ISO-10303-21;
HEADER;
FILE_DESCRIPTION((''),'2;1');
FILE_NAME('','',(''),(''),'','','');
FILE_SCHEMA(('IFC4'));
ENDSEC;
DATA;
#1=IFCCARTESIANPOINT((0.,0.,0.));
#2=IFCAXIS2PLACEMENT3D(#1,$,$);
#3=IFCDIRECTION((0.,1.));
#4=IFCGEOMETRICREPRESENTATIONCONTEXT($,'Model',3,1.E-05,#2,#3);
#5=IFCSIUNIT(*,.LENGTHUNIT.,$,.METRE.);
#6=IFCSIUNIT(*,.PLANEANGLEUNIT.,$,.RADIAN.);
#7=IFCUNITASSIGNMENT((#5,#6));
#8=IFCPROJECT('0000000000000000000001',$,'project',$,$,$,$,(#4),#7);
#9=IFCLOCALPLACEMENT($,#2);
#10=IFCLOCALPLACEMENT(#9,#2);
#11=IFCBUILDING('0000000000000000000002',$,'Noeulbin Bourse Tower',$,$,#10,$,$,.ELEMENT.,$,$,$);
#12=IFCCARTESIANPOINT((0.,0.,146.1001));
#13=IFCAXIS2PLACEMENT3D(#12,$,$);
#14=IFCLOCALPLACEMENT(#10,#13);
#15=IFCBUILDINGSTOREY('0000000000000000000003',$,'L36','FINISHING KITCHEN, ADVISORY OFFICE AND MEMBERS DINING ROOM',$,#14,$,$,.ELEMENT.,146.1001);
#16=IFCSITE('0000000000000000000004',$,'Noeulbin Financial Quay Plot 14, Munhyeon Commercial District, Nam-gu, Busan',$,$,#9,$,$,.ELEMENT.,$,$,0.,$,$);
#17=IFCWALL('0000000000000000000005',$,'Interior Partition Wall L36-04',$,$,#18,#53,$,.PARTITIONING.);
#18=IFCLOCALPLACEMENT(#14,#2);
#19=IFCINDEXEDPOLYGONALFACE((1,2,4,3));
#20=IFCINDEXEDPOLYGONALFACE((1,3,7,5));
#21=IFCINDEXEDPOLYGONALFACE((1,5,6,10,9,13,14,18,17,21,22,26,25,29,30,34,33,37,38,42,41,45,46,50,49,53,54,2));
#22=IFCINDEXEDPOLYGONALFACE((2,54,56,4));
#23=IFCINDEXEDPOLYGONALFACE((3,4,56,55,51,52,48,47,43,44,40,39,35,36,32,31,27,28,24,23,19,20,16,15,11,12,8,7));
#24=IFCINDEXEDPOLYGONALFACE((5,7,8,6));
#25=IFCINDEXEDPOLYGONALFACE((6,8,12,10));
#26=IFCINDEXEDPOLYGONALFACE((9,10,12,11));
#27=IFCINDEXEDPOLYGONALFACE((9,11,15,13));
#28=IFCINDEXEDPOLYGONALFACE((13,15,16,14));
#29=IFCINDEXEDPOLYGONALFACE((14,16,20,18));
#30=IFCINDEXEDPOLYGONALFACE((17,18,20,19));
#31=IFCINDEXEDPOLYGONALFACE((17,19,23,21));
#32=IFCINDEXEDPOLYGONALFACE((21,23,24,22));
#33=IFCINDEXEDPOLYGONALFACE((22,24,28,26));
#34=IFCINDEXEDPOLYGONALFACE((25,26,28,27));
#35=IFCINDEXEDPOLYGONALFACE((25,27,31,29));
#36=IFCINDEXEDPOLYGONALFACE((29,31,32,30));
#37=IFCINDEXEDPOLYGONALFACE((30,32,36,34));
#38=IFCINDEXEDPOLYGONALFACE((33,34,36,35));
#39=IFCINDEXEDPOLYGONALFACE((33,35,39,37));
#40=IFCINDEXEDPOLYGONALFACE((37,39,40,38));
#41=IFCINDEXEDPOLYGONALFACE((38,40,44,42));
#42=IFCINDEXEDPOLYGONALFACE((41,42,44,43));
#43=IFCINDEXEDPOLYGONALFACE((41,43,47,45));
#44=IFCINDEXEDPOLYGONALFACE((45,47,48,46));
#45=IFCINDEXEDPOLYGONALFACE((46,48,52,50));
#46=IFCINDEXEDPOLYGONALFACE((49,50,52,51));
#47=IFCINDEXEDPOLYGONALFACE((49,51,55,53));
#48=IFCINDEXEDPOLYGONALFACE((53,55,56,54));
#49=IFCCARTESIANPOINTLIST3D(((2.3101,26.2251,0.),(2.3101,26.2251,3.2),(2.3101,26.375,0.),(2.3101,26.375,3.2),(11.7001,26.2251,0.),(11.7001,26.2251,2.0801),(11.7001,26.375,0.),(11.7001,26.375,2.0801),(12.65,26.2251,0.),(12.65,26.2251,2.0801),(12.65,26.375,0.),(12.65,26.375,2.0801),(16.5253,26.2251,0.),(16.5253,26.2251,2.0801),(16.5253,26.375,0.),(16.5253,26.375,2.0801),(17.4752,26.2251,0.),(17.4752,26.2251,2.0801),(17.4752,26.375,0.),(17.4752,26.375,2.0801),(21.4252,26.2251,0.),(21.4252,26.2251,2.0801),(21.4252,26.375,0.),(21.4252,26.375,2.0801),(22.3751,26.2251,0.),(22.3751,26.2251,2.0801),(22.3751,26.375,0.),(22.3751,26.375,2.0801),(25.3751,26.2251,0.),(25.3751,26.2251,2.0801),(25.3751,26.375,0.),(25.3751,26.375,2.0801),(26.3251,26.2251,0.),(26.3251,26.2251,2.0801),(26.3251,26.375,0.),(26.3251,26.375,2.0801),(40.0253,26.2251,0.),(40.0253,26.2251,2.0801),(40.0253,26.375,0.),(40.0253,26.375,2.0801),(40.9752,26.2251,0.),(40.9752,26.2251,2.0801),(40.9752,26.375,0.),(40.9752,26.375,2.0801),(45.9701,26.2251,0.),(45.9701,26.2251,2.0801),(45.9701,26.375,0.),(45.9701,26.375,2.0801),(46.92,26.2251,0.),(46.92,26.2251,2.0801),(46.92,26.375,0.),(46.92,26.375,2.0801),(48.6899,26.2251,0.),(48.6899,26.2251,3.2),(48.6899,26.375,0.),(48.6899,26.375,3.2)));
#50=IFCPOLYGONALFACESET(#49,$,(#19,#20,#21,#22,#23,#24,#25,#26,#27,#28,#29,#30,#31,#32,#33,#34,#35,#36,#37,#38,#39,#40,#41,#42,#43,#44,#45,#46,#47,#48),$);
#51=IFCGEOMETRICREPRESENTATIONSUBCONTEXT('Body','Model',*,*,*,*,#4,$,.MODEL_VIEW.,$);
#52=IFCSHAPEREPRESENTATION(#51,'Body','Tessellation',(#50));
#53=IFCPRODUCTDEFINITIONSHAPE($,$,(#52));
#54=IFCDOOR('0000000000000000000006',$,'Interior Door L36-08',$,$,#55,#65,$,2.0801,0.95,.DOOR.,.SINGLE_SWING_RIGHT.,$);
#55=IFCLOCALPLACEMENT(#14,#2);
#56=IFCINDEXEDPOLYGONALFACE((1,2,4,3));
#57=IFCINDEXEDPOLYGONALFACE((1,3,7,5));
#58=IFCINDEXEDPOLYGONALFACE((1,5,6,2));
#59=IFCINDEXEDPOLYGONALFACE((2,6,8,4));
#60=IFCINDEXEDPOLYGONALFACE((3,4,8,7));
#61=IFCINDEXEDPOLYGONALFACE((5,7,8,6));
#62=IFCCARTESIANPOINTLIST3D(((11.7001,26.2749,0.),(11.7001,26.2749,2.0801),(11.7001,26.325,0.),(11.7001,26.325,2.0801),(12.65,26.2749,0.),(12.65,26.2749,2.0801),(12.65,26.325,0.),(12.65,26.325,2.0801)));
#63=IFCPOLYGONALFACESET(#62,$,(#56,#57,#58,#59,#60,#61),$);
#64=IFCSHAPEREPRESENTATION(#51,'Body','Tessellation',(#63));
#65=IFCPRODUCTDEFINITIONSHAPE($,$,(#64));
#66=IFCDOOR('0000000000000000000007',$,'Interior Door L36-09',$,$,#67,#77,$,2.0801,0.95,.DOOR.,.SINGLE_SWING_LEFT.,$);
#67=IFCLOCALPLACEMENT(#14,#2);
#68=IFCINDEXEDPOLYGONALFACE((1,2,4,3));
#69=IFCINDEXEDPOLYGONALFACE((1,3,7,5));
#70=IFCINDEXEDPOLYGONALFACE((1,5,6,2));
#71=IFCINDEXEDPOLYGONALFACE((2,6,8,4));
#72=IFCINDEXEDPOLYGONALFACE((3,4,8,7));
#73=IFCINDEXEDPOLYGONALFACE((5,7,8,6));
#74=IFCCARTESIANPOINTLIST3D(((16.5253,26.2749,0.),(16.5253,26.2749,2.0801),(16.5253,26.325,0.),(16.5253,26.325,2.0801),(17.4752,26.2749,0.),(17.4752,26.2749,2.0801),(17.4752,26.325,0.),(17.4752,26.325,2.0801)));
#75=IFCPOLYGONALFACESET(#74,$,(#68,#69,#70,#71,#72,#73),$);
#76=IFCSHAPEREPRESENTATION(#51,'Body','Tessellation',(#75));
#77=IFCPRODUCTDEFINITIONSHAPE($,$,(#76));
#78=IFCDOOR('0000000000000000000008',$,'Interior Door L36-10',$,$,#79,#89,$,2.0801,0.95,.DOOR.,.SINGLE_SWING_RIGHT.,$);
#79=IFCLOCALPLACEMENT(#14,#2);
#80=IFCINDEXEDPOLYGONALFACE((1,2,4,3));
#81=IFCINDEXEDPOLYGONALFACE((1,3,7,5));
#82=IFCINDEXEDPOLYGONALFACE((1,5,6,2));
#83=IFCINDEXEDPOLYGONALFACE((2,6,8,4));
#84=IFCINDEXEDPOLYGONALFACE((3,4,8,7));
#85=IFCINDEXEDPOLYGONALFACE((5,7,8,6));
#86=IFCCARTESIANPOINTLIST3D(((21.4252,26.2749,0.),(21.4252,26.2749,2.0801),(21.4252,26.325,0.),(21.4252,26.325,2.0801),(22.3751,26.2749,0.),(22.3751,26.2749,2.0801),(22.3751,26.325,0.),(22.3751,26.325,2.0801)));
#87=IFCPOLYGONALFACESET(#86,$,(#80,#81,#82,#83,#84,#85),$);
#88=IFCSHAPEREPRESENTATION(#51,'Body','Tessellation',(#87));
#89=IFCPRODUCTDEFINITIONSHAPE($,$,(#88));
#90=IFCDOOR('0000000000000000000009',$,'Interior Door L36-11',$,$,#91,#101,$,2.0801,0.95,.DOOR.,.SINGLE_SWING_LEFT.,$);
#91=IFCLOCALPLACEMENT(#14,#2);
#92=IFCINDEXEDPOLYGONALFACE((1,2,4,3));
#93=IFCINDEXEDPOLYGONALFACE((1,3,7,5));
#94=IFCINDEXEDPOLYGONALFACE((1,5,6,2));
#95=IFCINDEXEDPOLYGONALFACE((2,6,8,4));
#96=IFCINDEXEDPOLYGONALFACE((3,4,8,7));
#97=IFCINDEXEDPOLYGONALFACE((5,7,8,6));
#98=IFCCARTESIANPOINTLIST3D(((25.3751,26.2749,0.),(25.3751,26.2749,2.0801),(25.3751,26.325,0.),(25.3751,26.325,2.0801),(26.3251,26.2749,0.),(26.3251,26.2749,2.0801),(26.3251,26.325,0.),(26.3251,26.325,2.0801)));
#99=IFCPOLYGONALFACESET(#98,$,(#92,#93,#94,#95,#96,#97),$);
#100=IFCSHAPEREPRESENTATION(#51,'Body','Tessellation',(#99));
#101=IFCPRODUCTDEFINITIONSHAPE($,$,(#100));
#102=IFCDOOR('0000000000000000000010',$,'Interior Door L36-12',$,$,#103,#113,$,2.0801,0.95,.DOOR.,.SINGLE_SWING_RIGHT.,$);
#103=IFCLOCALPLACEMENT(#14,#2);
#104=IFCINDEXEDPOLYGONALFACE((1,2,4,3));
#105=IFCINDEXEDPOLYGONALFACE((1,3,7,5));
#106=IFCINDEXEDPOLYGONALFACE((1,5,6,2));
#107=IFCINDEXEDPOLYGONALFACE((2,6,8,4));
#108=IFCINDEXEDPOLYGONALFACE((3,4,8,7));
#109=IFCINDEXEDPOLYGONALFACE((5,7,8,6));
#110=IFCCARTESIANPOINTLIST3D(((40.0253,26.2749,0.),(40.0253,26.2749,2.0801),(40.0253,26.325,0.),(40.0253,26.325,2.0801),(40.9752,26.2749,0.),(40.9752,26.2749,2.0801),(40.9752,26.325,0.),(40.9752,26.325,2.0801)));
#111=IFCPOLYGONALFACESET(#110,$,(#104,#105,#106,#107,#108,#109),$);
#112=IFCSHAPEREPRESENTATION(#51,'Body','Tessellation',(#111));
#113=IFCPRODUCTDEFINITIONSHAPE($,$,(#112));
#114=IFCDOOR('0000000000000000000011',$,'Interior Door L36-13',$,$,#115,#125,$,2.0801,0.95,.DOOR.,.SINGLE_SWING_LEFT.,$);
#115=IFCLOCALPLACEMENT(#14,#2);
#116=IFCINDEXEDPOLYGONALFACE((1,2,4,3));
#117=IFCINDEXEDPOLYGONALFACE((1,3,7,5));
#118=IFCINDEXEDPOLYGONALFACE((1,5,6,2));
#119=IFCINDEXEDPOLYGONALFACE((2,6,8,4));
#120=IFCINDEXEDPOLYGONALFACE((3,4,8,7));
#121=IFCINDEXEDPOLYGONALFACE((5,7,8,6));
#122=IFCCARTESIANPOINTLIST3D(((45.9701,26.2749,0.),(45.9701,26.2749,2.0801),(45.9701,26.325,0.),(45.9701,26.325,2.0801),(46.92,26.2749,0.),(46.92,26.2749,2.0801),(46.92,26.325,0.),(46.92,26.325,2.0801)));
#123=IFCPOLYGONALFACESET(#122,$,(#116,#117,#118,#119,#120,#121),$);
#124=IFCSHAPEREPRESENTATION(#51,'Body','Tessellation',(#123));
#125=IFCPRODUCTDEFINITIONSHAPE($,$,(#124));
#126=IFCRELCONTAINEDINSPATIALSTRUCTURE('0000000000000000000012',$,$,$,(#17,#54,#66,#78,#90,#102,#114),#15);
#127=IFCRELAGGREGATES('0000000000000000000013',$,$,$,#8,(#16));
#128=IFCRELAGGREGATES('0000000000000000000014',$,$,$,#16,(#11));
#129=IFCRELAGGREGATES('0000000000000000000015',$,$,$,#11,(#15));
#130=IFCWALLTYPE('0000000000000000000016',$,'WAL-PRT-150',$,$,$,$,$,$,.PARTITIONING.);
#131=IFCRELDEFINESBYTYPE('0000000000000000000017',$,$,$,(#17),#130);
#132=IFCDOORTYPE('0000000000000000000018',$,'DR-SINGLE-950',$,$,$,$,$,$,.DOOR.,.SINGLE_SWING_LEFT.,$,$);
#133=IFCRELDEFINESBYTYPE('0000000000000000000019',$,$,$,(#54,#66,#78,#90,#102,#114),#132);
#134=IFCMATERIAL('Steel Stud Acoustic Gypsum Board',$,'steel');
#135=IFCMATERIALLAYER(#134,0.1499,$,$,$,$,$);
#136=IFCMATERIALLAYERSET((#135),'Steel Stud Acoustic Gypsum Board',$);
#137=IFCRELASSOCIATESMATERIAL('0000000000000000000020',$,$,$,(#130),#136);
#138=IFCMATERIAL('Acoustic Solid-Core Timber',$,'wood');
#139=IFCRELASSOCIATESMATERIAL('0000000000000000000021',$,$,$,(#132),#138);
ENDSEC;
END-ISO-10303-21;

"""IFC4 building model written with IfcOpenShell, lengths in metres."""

from ifc_helpers import new_model, si_unit, direction, frame, frame_2d, origin, place, context, subcontext, project, spatial, rectangle, extrude, material, layer, layer_set, type_object, element, fill, save


model = new_model("IFC4")

# Units and contexts
model_context = context("Model", 3, precision=1e-05, world=origin(), true_north=direction((0.0, 1.0)))
body_context = subcontext(model_context, "Body", "Model", "MODEL_VIEW")
ifc_project = project(units=[si_unit("LENGTHUNIT", "METRE"), si_unit("PLANEANGLEUNIT", "RADIAN")], contexts=[model_context])

# Site, building, storey
site_placement = place(None, origin())
site = spatial("IfcSite", under=ifc_project, at=site_placement, Name="Noeulbin Financial Quay Plot 14, Munhyeon Commercial District, Nam-gu, Busan", CompositionType="ELEMENT", RefElevation=0.0)
building_placement = place(site_placement, origin())
building = spatial("IfcBuilding", under=site, at=building_placement, Name="Noeulbin Bourse Tower", CompositionType="ELEMENT")
storey_placement = place(building_placement, frame((0.0, 0.0, 146.1001)))
storey = spatial("IfcBuildingStorey", under=building, at=storey_placement, Name="L36", Description="FINISHING KITCHEN, ADVISORY OFFICE AND MEMBERS DINING ROOM", CompositionType="ELEMENT", Elevation=146.1001)

# Wall, openings, doors
ifc_material_1 = material(Name="Steel Stud Acoustic Gypsum Board", Category="steel")
ifc_layer_1 = layer(ifc_material_1, 0.1499)
ifc_layer_set_1 = layer_set([ifc_layer_1], Name="Steel Stud Acoustic Gypsum Board")
wall_type_1 = type_object("IfcWallType", Name="WAL-PRT-150", PredefinedType="PARTITIONING", material=ifc_layer_set_1)
wall_1_placement = place(storey_placement, frame((2.3101, 26.3, 0.0), z_axis=(0.0, 0.0, 1.0), x_axis=(1.0, 0.0, 0.0)))
wall_1 = element("IfcWall", 1, at=wall_1_placement, inside=storey, type_object=wall_type_1, Name="Interior Partition Wall L36-04", PredefinedType="PARTITIONING", context=body_context, shape_type="SweptSolid", body=[
    extrude(rectangle(XDim=46.3799, YDim=0.1499, at=frame_2d((23.1899, 0.0))), origin(), (0.0, 0.0, 1.0), 3.2),
])
opening_1_placement = place(wall_1_placement, frame((9.3899, 0.0, 0.0)))
opening_1 = element("IfcOpeningElement", 2, at=opening_1_placement, cuts=wall_1, PredefinedType="OPENING", context=body_context, shape_type="SweptSolid", body=[
    extrude(rectangle(XDim=0.95, YDim=2.0801, at=frame_2d((0.4751, 1.04))), frame((0.0, 0.085, 0.0), z_axis=(0.0, -1.0, 0.0), x_axis=(1.0, 0.0, 0.0)), (0.0, 0.0, 1.0), 0.1699),
])
opening_2_placement = place(wall_1_placement, frame((14.2151, 0.0, 0.0)))
opening_2 = element("IfcOpeningElement", 3, at=opening_2_placement, cuts=wall_1, PredefinedType="OPENING", context=body_context, shape_type="SweptSolid", body=[
    extrude(rectangle(XDim=0.95, YDim=2.0801, at=frame_2d((0.4751, 1.04))), frame((0.0, 0.085, 0.0), z_axis=(0.0, -1.0, 0.0), x_axis=(1.0, 0.0, 0.0)), (0.0, 0.0, 1.0), 0.1699),
])
opening_3_placement = place(wall_1_placement, frame((19.115, 0.0, 0.0)))
opening_3 = element("IfcOpeningElement", 4, at=opening_3_placement, cuts=wall_1, PredefinedType="OPENING", context=body_context, shape_type="SweptSolid", body=[
    extrude(rectangle(XDim=0.95, YDim=2.0801, at=frame_2d((0.4751, 1.04))), frame((0.0, 0.085, 0.0), z_axis=(0.0, -1.0, 0.0), x_axis=(1.0, 0.0, 0.0)), (0.0, 0.0, 1.0), 0.1699),
])
opening_4_placement = place(wall_1_placement, frame((23.0649, 0.0, 0.0)))
opening_4 = element("IfcOpeningElement", 5, at=opening_4_placement, cuts=wall_1, PredefinedType="OPENING", context=body_context, shape_type="SweptSolid", body=[
    extrude(rectangle(XDim=0.95, YDim=2.0801, at=frame_2d((0.4751, 1.04))), frame((0.0, 0.085, 0.0), z_axis=(0.0, -1.0, 0.0), x_axis=(1.0, 0.0, 0.0)), (0.0, 0.0, 1.0), 0.1699),
])
opening_5_placement = place(wall_1_placement, frame((37.7151, 0.0, 0.0)))
opening_5 = element("IfcOpeningElement", 6, at=opening_5_placement, cuts=wall_1, PredefinedType="OPENING", context=body_context, shape_type="SweptSolid", body=[
    extrude(rectangle(XDim=0.95, YDim=2.0801, at=frame_2d((0.4751, 1.04))), frame((0.0, 0.085, 0.0), z_axis=(0.0, -1.0, 0.0), x_axis=(1.0, 0.0, 0.0)), (0.0, 0.0, 1.0), 0.1699),
])
opening_6_placement = place(wall_1_placement, frame((43.6599, 0.0, 0.0)))
opening_6 = element("IfcOpeningElement", 7, at=opening_6_placement, cuts=wall_1, PredefinedType="OPENING", context=body_context, shape_type="SweptSolid", body=[
    extrude(rectangle(XDim=0.95, YDim=2.0801, at=frame_2d((0.4751, 1.04))), frame((0.0, 0.085, 0.0), z_axis=(0.0, -1.0, 0.0), x_axis=(1.0, 0.0, 0.0)), (0.0, 0.0, 1.0), 0.1699),
])
ifc_material_2 = material(Name="Acoustic Solid-Core Timber", Category="wood")
door_type = type_object("IfcDoorType", Name="DR-SINGLE-950", OperationType="SINGLE_SWING_LEFT", PredefinedType="DOOR", material=ifc_material_2)
door_1_placement = place(opening_1_placement, origin())
door_1 = element("IfcDoor", 8, at=door_1_placement, inside=storey, type_object=door_type, Name="Interior Door L36-08", OperationType="SINGLE_SWING_RIGHT", OverallHeight=2.0801, OverallWidth=0.95, PredefinedType="DOOR", context=body_context, shape_type="SweptSolid", body=[
    extrude(rectangle(XDim=0.95, YDim=2.0801, at=frame_2d((0.4751, 1.04))), frame((0.0, 0.0249, 0.0), z_axis=(0.0, -1.0, 0.0), x_axis=(1.0, 0.0, 0.0)), (0.0, 0.0, 1.0), 0.05),
])
fill(opening_1, door_1)
door_2_placement = place(opening_2_placement, origin())
door_2 = element("IfcDoor", 9, at=door_2_placement, inside=storey, type_object=door_type, Name="Interior Door L36-09", OperationType="SINGLE_SWING_LEFT", OverallHeight=2.0801, OverallWidth=0.95, PredefinedType="DOOR", context=body_context, shape_type="SweptSolid", body=[
    extrude(rectangle(XDim=0.95, YDim=2.0801, at=frame_2d((0.4751, 1.04))), frame((0.0, 0.0249, 0.0), z_axis=(0.0, -1.0, 0.0), x_axis=(1.0, 0.0, 0.0)), (0.0, 0.0, 1.0), 0.05),
])
fill(opening_2, door_2)
door_3_placement = place(opening_3_placement, origin())
door_3 = element("IfcDoor", 10, at=door_3_placement, inside=storey, type_object=door_type, Name="Interior Door L36-10", OperationType="SINGLE_SWING_RIGHT", OverallHeight=2.0801, OverallWidth=0.95, PredefinedType="DOOR", context=body_context, shape_type="SweptSolid", body=[
    extrude(rectangle(XDim=0.95, YDim=2.0801, at=frame_2d((0.4751, 1.04))), frame((0.0, 0.0249, 0.0), z_axis=(0.0, -1.0, 0.0), x_axis=(1.0, 0.0, 0.0)), (0.0, 0.0, 1.0), 0.05),
])
fill(opening_3, door_3)
door_4_placement = place(opening_4_placement, origin())
door_4 = element("IfcDoor", 11, at=door_4_placement, inside=storey, type_object=door_type, Name="Interior Door L36-11", OperationType="SINGLE_SWING_LEFT", OverallHeight=2.0801, OverallWidth=0.95, PredefinedType="DOOR", context=body_context, shape_type="SweptSolid", body=[
    extrude(rectangle(XDim=0.95, YDim=2.0801, at=frame_2d((0.4751, 1.04))), frame((0.0, 0.0249, 0.0), z_axis=(0.0, -1.0, 0.0), x_axis=(1.0, 0.0, 0.0)), (0.0, 0.0, 1.0), 0.05),
])
fill(opening_4, door_4)
door_5_placement = place(opening_5_placement, origin())
door_5 = element("IfcDoor", 12, at=door_5_placement, inside=storey, type_object=door_type, Name="Interior Door L36-12", OperationType="SINGLE_SWING_RIGHT", OverallHeight=2.0801, OverallWidth=0.95, PredefinedType="DOOR", context=body_context, shape_type="SweptSolid", body=[
    extrude(rectangle(XDim=0.95, YDim=2.0801, at=frame_2d((0.4751, 1.04))), frame((0.0, 0.0249, 0.0), z_axis=(0.0, -1.0, 0.0), x_axis=(1.0, 0.0, 0.0)), (0.0, 0.0, 1.0), 0.05),
])
fill(opening_5, door_5)
door_6_placement = place(opening_6_placement, origin())
door_6 = element("IfcDoor", 13, at=door_6_placement, inside=storey, type_object=door_type, Name="Interior Door L36-13", OperationType="SINGLE_SWING_LEFT", OverallHeight=2.0801, OverallWidth=0.95, PredefinedType="DOOR", context=body_context, shape_type="SweptSolid", body=[
    extrude(rectangle(XDim=0.95, YDim=2.0801, at=frame_2d((0.4751, 1.04))), frame((0.0, 0.0249, 0.0), z_axis=(0.0, -1.0, 0.0), x_axis=(1.0, 0.0, 0.0)), (0.0, 0.0, 1.0), 0.05),
])
fill(opening_6, door_6)

save(model, "model.ifc")
